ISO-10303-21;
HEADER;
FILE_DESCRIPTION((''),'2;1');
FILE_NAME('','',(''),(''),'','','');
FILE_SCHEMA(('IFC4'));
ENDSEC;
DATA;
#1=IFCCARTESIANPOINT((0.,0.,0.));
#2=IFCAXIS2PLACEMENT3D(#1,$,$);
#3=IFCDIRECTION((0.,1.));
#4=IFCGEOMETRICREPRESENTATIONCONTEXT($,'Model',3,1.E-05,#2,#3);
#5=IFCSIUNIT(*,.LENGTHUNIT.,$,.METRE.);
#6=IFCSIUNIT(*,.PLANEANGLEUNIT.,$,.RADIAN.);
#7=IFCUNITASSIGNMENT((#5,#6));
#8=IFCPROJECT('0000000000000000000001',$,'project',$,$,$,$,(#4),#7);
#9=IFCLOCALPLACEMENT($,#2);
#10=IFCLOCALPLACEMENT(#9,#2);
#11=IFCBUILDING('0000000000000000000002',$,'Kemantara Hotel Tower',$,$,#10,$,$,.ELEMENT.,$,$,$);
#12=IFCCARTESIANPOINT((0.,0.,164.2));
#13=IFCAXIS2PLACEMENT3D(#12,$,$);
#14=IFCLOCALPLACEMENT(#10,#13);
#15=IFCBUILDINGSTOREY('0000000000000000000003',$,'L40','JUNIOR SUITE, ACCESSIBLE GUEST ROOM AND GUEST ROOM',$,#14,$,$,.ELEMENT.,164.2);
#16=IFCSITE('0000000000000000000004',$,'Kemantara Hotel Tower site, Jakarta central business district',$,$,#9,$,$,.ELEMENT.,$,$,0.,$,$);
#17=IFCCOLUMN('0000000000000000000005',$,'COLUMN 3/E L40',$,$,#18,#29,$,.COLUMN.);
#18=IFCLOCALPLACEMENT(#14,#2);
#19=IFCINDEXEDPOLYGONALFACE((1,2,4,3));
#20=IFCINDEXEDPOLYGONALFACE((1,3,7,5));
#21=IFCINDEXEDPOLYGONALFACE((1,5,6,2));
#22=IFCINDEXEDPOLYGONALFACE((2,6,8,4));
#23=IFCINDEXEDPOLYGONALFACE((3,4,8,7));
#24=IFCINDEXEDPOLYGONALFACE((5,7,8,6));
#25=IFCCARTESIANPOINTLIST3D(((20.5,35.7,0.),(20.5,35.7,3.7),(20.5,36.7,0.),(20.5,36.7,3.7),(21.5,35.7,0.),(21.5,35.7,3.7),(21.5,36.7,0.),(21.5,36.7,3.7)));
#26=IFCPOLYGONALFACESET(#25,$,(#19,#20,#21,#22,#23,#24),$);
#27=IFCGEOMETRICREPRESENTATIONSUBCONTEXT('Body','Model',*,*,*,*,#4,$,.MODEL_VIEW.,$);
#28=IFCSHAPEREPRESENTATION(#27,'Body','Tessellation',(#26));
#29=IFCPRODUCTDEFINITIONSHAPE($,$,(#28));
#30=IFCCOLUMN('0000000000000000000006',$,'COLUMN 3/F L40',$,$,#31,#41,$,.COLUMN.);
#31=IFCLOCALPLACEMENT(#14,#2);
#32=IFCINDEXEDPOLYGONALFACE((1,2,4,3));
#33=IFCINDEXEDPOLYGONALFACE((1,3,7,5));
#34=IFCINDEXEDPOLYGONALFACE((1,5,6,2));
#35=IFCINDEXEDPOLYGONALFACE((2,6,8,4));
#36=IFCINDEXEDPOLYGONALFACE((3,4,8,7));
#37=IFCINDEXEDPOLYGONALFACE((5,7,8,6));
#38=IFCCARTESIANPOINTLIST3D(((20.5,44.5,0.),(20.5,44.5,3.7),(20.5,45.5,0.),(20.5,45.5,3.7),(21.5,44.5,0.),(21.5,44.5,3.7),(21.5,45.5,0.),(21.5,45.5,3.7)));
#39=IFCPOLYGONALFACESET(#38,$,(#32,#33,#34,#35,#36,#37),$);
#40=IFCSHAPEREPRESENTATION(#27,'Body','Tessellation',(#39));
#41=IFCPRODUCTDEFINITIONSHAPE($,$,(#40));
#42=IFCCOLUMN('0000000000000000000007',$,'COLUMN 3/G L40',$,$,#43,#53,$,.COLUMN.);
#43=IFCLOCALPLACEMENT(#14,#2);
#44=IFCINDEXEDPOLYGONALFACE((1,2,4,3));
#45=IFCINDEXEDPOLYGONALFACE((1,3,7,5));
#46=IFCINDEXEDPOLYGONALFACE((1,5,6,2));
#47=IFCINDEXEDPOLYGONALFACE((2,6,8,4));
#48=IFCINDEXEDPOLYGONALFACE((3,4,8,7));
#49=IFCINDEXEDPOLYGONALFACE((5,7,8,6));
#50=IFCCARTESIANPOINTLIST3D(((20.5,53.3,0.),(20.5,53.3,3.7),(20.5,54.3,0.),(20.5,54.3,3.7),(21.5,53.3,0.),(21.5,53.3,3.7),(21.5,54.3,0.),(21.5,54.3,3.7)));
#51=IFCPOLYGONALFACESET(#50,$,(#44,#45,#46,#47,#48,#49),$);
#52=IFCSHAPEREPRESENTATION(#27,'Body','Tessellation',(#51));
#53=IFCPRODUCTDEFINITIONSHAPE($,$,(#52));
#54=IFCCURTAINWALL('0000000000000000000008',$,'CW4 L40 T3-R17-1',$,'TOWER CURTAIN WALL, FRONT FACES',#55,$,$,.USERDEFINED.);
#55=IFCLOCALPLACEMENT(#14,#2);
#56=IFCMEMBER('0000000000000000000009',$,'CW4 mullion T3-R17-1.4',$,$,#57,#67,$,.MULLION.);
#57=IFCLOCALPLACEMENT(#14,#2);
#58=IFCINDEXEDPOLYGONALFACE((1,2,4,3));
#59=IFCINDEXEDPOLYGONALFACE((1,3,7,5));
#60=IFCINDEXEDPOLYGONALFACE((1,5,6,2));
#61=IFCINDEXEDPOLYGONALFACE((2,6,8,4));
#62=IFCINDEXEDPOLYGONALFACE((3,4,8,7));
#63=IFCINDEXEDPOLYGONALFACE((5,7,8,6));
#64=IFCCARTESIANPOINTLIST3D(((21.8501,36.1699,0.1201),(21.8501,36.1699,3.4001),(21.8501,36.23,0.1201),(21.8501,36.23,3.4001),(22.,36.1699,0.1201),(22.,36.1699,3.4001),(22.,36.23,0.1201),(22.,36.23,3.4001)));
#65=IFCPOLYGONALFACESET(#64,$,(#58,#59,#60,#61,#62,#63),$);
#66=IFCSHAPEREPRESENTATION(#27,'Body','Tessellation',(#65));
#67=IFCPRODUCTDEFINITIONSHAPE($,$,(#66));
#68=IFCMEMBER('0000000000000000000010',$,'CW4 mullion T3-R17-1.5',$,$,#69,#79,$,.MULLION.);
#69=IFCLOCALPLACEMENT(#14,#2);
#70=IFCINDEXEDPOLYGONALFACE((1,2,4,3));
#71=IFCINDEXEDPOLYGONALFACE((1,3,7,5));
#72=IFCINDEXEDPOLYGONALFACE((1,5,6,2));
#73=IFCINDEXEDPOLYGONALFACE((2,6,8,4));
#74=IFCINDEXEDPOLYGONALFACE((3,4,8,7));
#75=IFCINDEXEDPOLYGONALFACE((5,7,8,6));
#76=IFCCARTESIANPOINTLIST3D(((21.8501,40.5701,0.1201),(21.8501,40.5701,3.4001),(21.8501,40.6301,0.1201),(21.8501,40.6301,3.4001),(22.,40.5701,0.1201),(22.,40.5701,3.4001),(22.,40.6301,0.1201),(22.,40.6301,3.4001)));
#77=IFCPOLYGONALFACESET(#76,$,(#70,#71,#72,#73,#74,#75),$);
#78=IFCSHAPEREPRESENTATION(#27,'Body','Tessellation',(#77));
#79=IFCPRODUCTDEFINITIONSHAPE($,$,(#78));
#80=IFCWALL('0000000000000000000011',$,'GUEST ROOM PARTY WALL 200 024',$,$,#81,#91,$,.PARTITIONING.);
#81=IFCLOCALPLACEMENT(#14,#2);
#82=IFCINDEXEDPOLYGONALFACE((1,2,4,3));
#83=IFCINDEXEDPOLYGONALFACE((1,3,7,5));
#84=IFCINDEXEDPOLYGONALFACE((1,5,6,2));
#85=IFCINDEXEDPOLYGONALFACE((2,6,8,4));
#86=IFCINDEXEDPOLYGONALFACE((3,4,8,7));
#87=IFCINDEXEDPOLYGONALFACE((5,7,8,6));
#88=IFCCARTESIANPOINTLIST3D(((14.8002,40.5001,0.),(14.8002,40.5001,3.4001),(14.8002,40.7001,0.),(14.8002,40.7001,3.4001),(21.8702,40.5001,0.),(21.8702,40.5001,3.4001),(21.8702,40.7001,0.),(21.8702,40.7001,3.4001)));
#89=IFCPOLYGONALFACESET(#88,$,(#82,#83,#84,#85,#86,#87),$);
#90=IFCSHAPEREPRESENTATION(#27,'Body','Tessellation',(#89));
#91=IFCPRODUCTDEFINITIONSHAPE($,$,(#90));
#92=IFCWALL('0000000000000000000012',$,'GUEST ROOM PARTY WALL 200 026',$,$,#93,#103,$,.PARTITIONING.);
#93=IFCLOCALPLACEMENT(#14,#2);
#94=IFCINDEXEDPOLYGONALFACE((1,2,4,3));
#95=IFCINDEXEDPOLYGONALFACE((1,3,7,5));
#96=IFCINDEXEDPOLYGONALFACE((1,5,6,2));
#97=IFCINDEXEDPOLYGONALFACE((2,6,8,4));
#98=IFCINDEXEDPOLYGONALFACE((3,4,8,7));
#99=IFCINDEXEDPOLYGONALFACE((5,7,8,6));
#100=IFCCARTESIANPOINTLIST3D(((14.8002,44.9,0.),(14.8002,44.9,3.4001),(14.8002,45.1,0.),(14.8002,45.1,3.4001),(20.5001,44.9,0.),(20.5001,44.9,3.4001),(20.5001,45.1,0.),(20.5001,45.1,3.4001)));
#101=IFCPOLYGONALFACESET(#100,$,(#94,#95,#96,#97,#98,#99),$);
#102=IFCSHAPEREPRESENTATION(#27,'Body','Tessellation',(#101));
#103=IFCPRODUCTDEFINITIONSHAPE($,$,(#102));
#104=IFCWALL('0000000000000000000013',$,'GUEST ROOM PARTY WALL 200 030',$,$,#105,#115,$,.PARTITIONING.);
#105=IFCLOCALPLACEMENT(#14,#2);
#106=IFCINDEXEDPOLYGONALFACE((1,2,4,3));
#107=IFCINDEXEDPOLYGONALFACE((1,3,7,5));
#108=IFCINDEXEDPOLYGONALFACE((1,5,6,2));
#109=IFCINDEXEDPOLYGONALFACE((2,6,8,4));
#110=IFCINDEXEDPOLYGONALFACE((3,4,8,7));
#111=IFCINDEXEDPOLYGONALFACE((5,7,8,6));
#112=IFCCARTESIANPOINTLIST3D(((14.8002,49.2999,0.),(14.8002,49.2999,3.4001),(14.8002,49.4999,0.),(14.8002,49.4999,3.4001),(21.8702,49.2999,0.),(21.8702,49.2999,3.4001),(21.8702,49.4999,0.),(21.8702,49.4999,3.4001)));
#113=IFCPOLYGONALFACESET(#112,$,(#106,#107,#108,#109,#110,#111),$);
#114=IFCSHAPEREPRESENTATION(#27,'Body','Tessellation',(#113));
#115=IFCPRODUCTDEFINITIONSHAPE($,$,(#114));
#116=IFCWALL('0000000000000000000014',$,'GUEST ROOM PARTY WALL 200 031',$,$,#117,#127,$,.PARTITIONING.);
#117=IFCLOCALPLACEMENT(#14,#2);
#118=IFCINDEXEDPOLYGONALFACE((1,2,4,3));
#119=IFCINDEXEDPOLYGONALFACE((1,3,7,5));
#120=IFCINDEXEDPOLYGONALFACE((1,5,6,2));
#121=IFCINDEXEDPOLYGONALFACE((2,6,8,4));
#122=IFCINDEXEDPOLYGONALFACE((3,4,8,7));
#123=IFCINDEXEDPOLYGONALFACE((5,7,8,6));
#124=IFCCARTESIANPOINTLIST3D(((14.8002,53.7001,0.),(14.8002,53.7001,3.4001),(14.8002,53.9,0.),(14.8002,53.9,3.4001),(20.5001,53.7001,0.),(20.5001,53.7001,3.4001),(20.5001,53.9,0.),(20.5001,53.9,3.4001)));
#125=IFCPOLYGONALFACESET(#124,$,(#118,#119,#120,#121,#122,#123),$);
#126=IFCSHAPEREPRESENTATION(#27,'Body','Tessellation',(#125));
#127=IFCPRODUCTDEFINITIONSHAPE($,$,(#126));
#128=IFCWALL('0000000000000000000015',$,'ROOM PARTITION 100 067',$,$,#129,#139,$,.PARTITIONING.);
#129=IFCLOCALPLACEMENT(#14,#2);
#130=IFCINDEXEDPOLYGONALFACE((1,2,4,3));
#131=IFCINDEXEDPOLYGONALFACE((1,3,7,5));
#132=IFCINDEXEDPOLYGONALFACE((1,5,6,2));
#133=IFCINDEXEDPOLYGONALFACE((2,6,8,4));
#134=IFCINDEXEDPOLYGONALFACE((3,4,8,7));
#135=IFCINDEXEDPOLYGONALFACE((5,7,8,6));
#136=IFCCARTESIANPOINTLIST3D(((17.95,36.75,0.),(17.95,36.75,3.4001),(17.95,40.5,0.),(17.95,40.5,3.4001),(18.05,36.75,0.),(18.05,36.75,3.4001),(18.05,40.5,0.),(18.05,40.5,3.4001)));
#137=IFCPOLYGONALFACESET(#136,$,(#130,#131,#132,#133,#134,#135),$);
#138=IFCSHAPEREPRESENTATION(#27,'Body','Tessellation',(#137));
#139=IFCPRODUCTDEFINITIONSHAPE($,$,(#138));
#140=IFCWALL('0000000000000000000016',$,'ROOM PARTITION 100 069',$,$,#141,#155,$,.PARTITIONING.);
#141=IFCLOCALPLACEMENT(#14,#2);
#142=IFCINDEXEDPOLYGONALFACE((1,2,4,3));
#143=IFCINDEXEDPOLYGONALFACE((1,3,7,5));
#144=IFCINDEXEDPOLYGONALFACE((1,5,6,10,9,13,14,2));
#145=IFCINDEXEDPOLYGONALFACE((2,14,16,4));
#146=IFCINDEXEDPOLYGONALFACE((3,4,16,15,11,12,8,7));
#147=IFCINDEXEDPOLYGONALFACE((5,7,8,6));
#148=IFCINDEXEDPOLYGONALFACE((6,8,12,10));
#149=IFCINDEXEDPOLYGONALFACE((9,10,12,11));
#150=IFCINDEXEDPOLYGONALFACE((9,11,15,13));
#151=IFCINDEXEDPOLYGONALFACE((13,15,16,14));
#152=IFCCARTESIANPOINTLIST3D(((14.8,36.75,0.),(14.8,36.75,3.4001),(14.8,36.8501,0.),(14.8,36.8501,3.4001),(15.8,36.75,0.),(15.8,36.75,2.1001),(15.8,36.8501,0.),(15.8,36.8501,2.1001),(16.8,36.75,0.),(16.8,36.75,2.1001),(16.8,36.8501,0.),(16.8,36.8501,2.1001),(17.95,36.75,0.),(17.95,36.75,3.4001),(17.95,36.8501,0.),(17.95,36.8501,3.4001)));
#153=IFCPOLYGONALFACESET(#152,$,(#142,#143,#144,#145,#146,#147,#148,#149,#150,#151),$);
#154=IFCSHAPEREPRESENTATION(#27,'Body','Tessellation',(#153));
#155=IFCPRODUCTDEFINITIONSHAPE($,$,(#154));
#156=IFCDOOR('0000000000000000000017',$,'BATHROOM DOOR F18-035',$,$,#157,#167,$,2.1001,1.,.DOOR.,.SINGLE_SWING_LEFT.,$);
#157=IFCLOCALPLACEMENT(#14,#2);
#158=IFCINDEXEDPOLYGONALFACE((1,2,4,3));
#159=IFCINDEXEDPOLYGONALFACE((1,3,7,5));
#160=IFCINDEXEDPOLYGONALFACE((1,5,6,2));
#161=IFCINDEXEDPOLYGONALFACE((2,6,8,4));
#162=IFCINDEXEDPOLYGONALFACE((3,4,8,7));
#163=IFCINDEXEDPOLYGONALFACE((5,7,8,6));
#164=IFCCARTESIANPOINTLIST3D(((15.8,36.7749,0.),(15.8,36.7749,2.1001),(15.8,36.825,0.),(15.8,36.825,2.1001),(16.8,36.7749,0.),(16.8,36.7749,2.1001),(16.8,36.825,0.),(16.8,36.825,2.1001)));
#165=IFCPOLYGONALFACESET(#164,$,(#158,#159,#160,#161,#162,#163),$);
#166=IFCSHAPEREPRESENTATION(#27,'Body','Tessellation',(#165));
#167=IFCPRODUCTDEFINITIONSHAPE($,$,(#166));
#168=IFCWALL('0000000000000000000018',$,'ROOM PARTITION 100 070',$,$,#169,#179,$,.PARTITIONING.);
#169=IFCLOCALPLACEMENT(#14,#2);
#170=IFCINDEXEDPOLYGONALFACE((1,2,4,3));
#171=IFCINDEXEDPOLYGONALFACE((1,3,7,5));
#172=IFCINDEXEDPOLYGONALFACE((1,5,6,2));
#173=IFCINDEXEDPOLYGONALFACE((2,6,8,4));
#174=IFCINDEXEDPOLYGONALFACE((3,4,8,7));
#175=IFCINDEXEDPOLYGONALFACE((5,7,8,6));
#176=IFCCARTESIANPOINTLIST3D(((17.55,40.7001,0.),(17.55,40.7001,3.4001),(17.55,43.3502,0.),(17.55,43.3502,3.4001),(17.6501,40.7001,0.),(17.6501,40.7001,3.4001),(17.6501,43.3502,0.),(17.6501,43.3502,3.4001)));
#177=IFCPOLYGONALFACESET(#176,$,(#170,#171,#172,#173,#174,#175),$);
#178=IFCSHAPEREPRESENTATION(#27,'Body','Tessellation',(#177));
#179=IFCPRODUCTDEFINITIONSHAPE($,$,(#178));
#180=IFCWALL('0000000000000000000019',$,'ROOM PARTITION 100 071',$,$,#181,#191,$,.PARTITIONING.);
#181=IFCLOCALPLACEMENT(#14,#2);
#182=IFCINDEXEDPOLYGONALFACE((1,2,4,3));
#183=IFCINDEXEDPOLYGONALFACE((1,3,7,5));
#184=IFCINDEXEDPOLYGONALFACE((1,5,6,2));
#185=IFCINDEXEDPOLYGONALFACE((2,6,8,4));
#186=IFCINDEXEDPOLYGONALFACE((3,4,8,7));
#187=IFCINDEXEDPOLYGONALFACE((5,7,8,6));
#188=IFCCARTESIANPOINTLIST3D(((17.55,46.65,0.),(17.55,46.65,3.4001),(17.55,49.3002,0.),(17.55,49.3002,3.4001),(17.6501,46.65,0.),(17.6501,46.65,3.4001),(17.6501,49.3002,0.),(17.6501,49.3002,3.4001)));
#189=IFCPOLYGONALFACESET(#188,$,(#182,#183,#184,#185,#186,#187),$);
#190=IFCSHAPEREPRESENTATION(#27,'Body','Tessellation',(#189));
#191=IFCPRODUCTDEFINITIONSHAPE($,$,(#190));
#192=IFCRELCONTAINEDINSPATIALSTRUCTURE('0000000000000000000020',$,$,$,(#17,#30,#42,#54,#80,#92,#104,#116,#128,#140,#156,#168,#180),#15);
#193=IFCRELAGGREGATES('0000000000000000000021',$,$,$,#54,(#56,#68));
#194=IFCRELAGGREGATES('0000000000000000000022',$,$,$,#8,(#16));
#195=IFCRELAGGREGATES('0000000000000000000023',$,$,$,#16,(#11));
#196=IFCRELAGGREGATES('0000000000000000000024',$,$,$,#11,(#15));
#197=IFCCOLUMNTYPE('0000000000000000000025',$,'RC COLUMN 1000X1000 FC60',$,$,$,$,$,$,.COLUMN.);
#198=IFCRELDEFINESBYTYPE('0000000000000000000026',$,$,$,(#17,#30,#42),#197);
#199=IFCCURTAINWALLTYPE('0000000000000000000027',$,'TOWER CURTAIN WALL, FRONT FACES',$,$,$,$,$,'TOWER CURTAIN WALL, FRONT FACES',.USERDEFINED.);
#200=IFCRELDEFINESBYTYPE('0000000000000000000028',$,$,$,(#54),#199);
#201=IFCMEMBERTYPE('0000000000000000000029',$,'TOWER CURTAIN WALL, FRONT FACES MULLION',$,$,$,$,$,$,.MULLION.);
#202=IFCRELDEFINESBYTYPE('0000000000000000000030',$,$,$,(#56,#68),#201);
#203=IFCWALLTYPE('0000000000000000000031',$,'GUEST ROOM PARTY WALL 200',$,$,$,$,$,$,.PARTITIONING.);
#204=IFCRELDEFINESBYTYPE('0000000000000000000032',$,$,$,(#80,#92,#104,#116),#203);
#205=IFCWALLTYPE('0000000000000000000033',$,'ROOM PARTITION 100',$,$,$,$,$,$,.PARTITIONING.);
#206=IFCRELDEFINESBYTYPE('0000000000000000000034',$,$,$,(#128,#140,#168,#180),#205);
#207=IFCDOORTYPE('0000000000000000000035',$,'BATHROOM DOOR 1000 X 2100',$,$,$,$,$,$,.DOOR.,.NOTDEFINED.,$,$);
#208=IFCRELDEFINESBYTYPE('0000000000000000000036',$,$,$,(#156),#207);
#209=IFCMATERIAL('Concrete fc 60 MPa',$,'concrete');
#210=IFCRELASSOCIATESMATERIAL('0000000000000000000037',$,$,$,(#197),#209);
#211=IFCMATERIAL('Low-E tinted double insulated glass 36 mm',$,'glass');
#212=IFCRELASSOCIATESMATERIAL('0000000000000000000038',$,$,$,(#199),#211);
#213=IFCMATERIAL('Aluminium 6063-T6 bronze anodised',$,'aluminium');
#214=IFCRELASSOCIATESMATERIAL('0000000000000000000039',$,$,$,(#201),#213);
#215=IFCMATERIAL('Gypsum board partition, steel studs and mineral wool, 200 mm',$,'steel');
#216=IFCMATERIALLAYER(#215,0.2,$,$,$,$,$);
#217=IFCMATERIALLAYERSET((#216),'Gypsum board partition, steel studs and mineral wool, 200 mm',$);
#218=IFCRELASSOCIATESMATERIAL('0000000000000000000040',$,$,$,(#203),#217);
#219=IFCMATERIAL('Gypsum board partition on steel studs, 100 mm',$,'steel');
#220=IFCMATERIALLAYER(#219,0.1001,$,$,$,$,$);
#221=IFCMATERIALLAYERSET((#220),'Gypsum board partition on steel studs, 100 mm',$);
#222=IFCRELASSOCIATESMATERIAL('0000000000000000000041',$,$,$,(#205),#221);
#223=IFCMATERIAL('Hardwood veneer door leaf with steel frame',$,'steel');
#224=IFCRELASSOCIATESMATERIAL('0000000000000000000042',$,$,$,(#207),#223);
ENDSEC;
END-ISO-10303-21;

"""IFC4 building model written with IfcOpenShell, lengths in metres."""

from ifc_helpers import new_model, si_unit, direction, frame, frame_2d, origin, origin_2d, place, context, subcontext, project, spatial, rectangle, extrude, source, transform, mapped, material, layer, layer_set, material_profile, profile_set, type_object, element, fill, aggregate, save


model = new_model("IFC4")

# Units and contexts
model_context = context("Model", 3, precision=1e-05, world=origin(), true_north=direction((0.0, 1.0)))
body_context = subcontext(model_context, "Body", "Model", "MODEL_VIEW")
ifc_project = project(units=[si_unit("LENGTHUNIT", "METRE"), si_unit("PLANEANGLEUNIT", "RADIAN")], contexts=[model_context])

# Site, building, storey
site_placement = place(None, origin())
site = spatial("IfcSite", under=ifc_project, at=site_placement, Name="Kemantara Hotel Tower site, Jakarta central business district", CompositionType="ELEMENT", RefElevation=0.0)
building_placement = place(site_placement, origin())
building = spatial("IfcBuilding", under=site, at=building_placement, Name="Kemantara Hotel Tower", CompositionType="ELEMENT")
storey_placement = place(building_placement, frame((0.0, 0.0, 164.2)))
storey = spatial("IfcBuildingStorey", under=building, at=storey_placement, Name="L40", Description="JUNIOR SUITE, ACCESSIBLE GUEST ROOM AND GUEST ROOM", CompositionType="ELEMENT", Elevation=164.2)

# Columns
ifc_material_1 = material(Name="Concrete fc 60 MPa", Category="concrete")
ifc_material_profile_1 = material_profile(ifc_material_1, rectangle(XDim=1.0, YDim=1.0, at=origin_2d()), Name="RC 1000X1000")
ifc_profile_set_1 = profile_set([ifc_material_profile_1], Name="Concrete fc 60 MPa")
column_type = type_object("IfcColumnType", Name="RC COLUMN 1000X1000 FC60", PredefinedType="COLUMN", material=ifc_profile_set_1)
for number, where, z_axis, x_axis, name in (
    (1, (21.0, 36.2, 0.0), (0.0, 0.0, 1.0), (1.0, 0.0, 0.0), "COLUMN 3/E L40"),
    (2, (21.0, 45.0, 0.0), (0.0, 0.0, 1.0), (1.0, 0.0, 0.0), "COLUMN 3/F L40"),
    (3, (21.0, 53.8, 0.0), (0.0, 0.0, 1.0), (1.0, 0.0, 0.0), "COLUMN 3/G L40"),
):
    element("IfcColumn", number, at=place(storey_placement, frame(where, z_axis=z_axis, x_axis=x_axis)), inside=storey, type_object=column_type, Name=name, PredefinedType="COLUMN", context=body_context, shape_type="SweptSolid", body=[
        extrude(rectangle(XDim=1.0, YDim=1.0, at=origin_2d()), origin(), (0.0, 0.0, 1.0), 3.7),
    ])

# Curtain wall, members
ifc_material_2 = material(Name="Low-E tinted double insulated glass 36 mm", Category="glass")
curtain_wall_type = type_object("IfcCurtainWallType", Name="TOWER CURTAIN WALL, FRONT FACES", ElementType="TOWER CURTAIN WALL, FRONT FACES", PredefinedType="USERDEFINED", material=ifc_material_2)
curtain_wall_placement = place(storey_placement, origin())
curtain_wall = element("IfcCurtainWall", 4, at=curtain_wall_placement, inside=storey, type_object=curtain_wall_type, Name="CW4 L40 T3-R17-1", ObjectType="TOWER CURTAIN WALL, FRONT FACES", PredefinedType="USERDEFINED")
ifc_material_3 = material(Name="Aluminium 6063-T6 bronze anodised", Category="aluminium")
ifc_material_profile_2 = material_profile(ifc_material_3, rectangle(XDim=0.1499, YDim=0.0601, at=origin_2d()), Name="TOWER CURTAIN WALL, FRONT FACES MULLION")
ifc_profile_set_2 = profile_set([ifc_material_profile_2], Name="Aluminium 6063-T6 bronze anodised")
member_type = type_object("IfcMemberType", Name="TOWER CURTAIN WALL, FRONT FACES MULLION", PredefinedType="MULLION", material=ifc_profile_set_2)
shared_shape = source(origin(), body_context, "Body", "SweptSolid", [
    extrude(rectangle(XDim=0.1499, YDim=0.0601, at=origin_2d()), origin(), (0.0, 0.0, 1.0), 3.28),
])
member_1_placement = place(storey_placement, frame((21.925, 36.2, 0.1201), z_axis=(0.0, 0.0, 1.0), x_axis=(-1.0, 0.0, 0.0)))
member_1 = element("IfcMember", 5, at=member_1_placement, type_object=member_type, Name="CW4 mullion T3-R17-1.4", PredefinedType="MULLION", context=body_context, shape_type="MappedRepresentation", body=[
    mapped(shared_shape, transform((0.0, 0.0, 0.0))),
])
member_2_placement = place(storey_placement, frame((21.925, 40.6001, 0.1201), z_axis=(0.0, 0.0, 1.0), x_axis=(-1.0, 0.0, 0.0)))
member_2 = element("IfcMember", 6, at=member_2_placement, type_object=member_type, Name="CW4 mullion T3-R17-1.5", PredefinedType="MULLION", context=body_context, shape_type="MappedRepresentation", body=[
    mapped(shared_shape, transform((0.0, 0.0, 0.0))),
])
aggregate(curtain_wall, [member_1, member_2])

# Walls
ifc_material_4 = material(Name="Gypsum board partition, steel studs and mineral wool, 200 mm", Category="steel")
ifc_layer_1 = layer(ifc_material_4, 0.2)
ifc_layer_set_1 = layer_set([ifc_layer_1], Name="Gypsum board partition, steel studs and mineral wool, 200 mm")
wall_type_1 = type_object("IfcWallType", Name="GUEST ROOM PARTY WALL 200", PredefinedType="PARTITIONING", material=ifc_layer_set_1)
wall_1_placement = place(storey_placement, frame((14.8, 40.6001, 0.0), z_axis=(0.0, 0.0, 1.0), x_axis=(1.0, 0.0, 0.0)))
element("IfcWall", 7, at=wall_1_placement, inside=storey, type_object=wall_type_1, Name="GUEST ROOM PARTY WALL 200 024", PredefinedType="PARTITIONING", context=body_context, shape_type="SweptSolid", body=[
    extrude(rectangle(XDim=7.0701, YDim=0.2, at=frame_2d((3.5352, 0.0))), origin(), (0.0, 0.0, 1.0), 3.4001),
])
wall_2_placement = place(storey_placement, frame((14.8, 45.0, 0.0), z_axis=(0.0, 0.0, 1.0), x_axis=(1.0, 0.0, 0.0)))
element("IfcWall", 8, at=wall_2_placement, inside=storey, type_object=wall_type_1, Name="GUEST ROOM PARTY WALL 200 026", PredefinedType="PARTITIONING", context=body_context, shape_type="SweptSolid", body=[
    extrude(rectangle(XDim=5.7, YDim=0.2, at=frame_2d((2.8501, 0.0))), origin(), (0.0, 0.0, 1.0), 3.4001),
])
wall_3_placement = place(storey_placement, frame((14.8, 49.3999, 0.0), z_axis=(0.0, 0.0, 1.0), x_axis=(1.0, 0.0, 0.0)))
element("IfcWall", 9, at=wall_3_placement, inside=storey, type_object=wall_type_1, Name="GUEST ROOM PARTY WALL 200 030", PredefinedType="PARTITIONING", context=body_context, shape_type="SweptSolid", body=[
    extrude(rectangle(XDim=7.0701, YDim=0.2, at=frame_2d((3.5352, 0.0))), origin(), (0.0, 0.0, 1.0), 3.4001),
])
wall_4_placement = place(storey_placement, frame((14.8, 53.8, 0.0), z_axis=(0.0, 0.0, 1.0), x_axis=(1.0, 0.0, 0.0)))
element("IfcWall", 10, at=wall_4_placement, inside=storey, type_object=wall_type_1, Name="GUEST ROOM PARTY WALL 200 031", PredefinedType="PARTITIONING", context=body_context, shape_type="SweptSolid", body=[
    extrude(rectangle(XDim=5.7, YDim=0.2, at=frame_2d((2.8501, 0.0))), origin(), (0.0, 0.0, 1.0), 3.4001),
])
ifc_material_5 = material(Name="Gypsum board partition on steel studs, 100 mm", Category="steel")
ifc_layer_2 = layer(ifc_material_5, 0.1001)
ifc_layer_set_2 = layer_set([ifc_layer_2], Name="Gypsum board partition on steel studs, 100 mm")
wall_type_2 = type_object("IfcWallType", Name="ROOM PARTITION 100", PredefinedType="PARTITIONING", material=ifc_layer_set_2)
wall_5_placement = place(storey_placement, frame((18.0, 36.75, 0.0), z_axis=(0.0, 0.0, 1.0), x_axis=(0.0, 1.0, 0.0)))
element("IfcWall", 11, at=wall_5_placement, inside=storey, type_object=wall_type_2, Name="ROOM PARTITION 100 067", PredefinedType="PARTITIONING", context=body_context, shape_type="SweptSolid", body=[
    extrude(rectangle(XDim=3.75, YDim=0.1001, at=frame_2d((1.875, 0.0))), origin(), (0.0, 0.0, 1.0), 3.4001),
])

# Wall, opening, door
wall_6_placement = place(storey_placement, frame((14.8, 36.8, 0.0), z_axis=(0.0, 0.0, 1.0), x_axis=(1.0, 0.0, 0.0)))
wall_6 = element("IfcWall", 12, at=wall_6_placement, inside=storey, type_object=wall_type_2, Name="ROOM PARTITION 100 069", PredefinedType="PARTITIONING", context=body_context, shape_type="SweptSolid", body=[
    extrude(rectangle(XDim=3.1499, YDim=0.1001, at=frame_2d((1.575, 0.0))), origin(), (0.0, 0.0, 1.0), 3.4001),
])
opening_1_placement = place(wall_6_placement, frame((1.0, 0.0, 0.0)))
opening_1 = element("IfcOpeningElement", 13, at=opening_1_placement, cuts=wall_6, PredefinedType="OPENING", context=body_context, shape_type="SweptSolid", body=[
    extrude(rectangle(XDim=1.0, YDim=2.1001, at=frame_2d((0.5, 1.05))), frame((0.0, 0.0601, 0.0), z_axis=(0.0, -1.0, 0.0), x_axis=(1.0, 0.0, 0.0)), (0.0, 0.0, 1.0), 0.1201),
])
ifc_material_6 = material(Name="Hardwood veneer door leaf with steel frame", Category="steel")
door_type_1 = type_object("IfcDoorType", Name="BATHROOM DOOR 1000 X 2100", OperationType="NOTDEFINED", PredefinedType="DOOR", material=ifc_material_6)
door_1_placement = place(opening_1_placement, origin())
door_1 = element("IfcDoor", 14, at=door_1_placement, inside=storey, type_object=door_type_1, Name="BATHROOM DOOR F18-035", OperationType="SINGLE_SWING_LEFT", OverallHeight=2.1001, OverallWidth=1.0, PredefinedType="DOOR", context=body_context, shape_type="SweptSolid", body=[
    extrude(rectangle(XDim=1.0, YDim=2.1001, at=frame_2d((0.5, 1.05))), frame((0.0, 0.0249, 0.0), z_axis=(0.0, -1.0, 0.0), x_axis=(1.0, 0.0, 0.0)), (0.0, 0.0, 1.0), 0.05),
])
fill(opening_1, door_1)

# Walls
for number, where, z_axis, x_axis, name in (
    (15, (17.6001, 40.7, 0.0), (0.0, 0.0, 1.0), (0.0, 1.0, 0.0), "ROOM PARTITION 100 070"),
    (16, (17.6001, 46.6499, 0.0), (0.0, 0.0, 1.0), (0.0, 1.0, 0.0), "ROOM PARTITION 100 071"),
):
    element("IfcWall", number, at=place(storey_placement, frame(where, z_axis=z_axis, x_axis=x_axis)), inside=storey, type_object=wall_type_2, Name=name, PredefinedType="PARTITIONING", context=body_context, shape_type="SweptSolid", body=[
        extrude(rectangle(XDim=2.6501, YDim=0.1001, at=frame_2d((1.3252, 0.0))), origin(), (0.0, 0.0, 1.0), 3.4001),
    ])

save(model, "model.ifc")
